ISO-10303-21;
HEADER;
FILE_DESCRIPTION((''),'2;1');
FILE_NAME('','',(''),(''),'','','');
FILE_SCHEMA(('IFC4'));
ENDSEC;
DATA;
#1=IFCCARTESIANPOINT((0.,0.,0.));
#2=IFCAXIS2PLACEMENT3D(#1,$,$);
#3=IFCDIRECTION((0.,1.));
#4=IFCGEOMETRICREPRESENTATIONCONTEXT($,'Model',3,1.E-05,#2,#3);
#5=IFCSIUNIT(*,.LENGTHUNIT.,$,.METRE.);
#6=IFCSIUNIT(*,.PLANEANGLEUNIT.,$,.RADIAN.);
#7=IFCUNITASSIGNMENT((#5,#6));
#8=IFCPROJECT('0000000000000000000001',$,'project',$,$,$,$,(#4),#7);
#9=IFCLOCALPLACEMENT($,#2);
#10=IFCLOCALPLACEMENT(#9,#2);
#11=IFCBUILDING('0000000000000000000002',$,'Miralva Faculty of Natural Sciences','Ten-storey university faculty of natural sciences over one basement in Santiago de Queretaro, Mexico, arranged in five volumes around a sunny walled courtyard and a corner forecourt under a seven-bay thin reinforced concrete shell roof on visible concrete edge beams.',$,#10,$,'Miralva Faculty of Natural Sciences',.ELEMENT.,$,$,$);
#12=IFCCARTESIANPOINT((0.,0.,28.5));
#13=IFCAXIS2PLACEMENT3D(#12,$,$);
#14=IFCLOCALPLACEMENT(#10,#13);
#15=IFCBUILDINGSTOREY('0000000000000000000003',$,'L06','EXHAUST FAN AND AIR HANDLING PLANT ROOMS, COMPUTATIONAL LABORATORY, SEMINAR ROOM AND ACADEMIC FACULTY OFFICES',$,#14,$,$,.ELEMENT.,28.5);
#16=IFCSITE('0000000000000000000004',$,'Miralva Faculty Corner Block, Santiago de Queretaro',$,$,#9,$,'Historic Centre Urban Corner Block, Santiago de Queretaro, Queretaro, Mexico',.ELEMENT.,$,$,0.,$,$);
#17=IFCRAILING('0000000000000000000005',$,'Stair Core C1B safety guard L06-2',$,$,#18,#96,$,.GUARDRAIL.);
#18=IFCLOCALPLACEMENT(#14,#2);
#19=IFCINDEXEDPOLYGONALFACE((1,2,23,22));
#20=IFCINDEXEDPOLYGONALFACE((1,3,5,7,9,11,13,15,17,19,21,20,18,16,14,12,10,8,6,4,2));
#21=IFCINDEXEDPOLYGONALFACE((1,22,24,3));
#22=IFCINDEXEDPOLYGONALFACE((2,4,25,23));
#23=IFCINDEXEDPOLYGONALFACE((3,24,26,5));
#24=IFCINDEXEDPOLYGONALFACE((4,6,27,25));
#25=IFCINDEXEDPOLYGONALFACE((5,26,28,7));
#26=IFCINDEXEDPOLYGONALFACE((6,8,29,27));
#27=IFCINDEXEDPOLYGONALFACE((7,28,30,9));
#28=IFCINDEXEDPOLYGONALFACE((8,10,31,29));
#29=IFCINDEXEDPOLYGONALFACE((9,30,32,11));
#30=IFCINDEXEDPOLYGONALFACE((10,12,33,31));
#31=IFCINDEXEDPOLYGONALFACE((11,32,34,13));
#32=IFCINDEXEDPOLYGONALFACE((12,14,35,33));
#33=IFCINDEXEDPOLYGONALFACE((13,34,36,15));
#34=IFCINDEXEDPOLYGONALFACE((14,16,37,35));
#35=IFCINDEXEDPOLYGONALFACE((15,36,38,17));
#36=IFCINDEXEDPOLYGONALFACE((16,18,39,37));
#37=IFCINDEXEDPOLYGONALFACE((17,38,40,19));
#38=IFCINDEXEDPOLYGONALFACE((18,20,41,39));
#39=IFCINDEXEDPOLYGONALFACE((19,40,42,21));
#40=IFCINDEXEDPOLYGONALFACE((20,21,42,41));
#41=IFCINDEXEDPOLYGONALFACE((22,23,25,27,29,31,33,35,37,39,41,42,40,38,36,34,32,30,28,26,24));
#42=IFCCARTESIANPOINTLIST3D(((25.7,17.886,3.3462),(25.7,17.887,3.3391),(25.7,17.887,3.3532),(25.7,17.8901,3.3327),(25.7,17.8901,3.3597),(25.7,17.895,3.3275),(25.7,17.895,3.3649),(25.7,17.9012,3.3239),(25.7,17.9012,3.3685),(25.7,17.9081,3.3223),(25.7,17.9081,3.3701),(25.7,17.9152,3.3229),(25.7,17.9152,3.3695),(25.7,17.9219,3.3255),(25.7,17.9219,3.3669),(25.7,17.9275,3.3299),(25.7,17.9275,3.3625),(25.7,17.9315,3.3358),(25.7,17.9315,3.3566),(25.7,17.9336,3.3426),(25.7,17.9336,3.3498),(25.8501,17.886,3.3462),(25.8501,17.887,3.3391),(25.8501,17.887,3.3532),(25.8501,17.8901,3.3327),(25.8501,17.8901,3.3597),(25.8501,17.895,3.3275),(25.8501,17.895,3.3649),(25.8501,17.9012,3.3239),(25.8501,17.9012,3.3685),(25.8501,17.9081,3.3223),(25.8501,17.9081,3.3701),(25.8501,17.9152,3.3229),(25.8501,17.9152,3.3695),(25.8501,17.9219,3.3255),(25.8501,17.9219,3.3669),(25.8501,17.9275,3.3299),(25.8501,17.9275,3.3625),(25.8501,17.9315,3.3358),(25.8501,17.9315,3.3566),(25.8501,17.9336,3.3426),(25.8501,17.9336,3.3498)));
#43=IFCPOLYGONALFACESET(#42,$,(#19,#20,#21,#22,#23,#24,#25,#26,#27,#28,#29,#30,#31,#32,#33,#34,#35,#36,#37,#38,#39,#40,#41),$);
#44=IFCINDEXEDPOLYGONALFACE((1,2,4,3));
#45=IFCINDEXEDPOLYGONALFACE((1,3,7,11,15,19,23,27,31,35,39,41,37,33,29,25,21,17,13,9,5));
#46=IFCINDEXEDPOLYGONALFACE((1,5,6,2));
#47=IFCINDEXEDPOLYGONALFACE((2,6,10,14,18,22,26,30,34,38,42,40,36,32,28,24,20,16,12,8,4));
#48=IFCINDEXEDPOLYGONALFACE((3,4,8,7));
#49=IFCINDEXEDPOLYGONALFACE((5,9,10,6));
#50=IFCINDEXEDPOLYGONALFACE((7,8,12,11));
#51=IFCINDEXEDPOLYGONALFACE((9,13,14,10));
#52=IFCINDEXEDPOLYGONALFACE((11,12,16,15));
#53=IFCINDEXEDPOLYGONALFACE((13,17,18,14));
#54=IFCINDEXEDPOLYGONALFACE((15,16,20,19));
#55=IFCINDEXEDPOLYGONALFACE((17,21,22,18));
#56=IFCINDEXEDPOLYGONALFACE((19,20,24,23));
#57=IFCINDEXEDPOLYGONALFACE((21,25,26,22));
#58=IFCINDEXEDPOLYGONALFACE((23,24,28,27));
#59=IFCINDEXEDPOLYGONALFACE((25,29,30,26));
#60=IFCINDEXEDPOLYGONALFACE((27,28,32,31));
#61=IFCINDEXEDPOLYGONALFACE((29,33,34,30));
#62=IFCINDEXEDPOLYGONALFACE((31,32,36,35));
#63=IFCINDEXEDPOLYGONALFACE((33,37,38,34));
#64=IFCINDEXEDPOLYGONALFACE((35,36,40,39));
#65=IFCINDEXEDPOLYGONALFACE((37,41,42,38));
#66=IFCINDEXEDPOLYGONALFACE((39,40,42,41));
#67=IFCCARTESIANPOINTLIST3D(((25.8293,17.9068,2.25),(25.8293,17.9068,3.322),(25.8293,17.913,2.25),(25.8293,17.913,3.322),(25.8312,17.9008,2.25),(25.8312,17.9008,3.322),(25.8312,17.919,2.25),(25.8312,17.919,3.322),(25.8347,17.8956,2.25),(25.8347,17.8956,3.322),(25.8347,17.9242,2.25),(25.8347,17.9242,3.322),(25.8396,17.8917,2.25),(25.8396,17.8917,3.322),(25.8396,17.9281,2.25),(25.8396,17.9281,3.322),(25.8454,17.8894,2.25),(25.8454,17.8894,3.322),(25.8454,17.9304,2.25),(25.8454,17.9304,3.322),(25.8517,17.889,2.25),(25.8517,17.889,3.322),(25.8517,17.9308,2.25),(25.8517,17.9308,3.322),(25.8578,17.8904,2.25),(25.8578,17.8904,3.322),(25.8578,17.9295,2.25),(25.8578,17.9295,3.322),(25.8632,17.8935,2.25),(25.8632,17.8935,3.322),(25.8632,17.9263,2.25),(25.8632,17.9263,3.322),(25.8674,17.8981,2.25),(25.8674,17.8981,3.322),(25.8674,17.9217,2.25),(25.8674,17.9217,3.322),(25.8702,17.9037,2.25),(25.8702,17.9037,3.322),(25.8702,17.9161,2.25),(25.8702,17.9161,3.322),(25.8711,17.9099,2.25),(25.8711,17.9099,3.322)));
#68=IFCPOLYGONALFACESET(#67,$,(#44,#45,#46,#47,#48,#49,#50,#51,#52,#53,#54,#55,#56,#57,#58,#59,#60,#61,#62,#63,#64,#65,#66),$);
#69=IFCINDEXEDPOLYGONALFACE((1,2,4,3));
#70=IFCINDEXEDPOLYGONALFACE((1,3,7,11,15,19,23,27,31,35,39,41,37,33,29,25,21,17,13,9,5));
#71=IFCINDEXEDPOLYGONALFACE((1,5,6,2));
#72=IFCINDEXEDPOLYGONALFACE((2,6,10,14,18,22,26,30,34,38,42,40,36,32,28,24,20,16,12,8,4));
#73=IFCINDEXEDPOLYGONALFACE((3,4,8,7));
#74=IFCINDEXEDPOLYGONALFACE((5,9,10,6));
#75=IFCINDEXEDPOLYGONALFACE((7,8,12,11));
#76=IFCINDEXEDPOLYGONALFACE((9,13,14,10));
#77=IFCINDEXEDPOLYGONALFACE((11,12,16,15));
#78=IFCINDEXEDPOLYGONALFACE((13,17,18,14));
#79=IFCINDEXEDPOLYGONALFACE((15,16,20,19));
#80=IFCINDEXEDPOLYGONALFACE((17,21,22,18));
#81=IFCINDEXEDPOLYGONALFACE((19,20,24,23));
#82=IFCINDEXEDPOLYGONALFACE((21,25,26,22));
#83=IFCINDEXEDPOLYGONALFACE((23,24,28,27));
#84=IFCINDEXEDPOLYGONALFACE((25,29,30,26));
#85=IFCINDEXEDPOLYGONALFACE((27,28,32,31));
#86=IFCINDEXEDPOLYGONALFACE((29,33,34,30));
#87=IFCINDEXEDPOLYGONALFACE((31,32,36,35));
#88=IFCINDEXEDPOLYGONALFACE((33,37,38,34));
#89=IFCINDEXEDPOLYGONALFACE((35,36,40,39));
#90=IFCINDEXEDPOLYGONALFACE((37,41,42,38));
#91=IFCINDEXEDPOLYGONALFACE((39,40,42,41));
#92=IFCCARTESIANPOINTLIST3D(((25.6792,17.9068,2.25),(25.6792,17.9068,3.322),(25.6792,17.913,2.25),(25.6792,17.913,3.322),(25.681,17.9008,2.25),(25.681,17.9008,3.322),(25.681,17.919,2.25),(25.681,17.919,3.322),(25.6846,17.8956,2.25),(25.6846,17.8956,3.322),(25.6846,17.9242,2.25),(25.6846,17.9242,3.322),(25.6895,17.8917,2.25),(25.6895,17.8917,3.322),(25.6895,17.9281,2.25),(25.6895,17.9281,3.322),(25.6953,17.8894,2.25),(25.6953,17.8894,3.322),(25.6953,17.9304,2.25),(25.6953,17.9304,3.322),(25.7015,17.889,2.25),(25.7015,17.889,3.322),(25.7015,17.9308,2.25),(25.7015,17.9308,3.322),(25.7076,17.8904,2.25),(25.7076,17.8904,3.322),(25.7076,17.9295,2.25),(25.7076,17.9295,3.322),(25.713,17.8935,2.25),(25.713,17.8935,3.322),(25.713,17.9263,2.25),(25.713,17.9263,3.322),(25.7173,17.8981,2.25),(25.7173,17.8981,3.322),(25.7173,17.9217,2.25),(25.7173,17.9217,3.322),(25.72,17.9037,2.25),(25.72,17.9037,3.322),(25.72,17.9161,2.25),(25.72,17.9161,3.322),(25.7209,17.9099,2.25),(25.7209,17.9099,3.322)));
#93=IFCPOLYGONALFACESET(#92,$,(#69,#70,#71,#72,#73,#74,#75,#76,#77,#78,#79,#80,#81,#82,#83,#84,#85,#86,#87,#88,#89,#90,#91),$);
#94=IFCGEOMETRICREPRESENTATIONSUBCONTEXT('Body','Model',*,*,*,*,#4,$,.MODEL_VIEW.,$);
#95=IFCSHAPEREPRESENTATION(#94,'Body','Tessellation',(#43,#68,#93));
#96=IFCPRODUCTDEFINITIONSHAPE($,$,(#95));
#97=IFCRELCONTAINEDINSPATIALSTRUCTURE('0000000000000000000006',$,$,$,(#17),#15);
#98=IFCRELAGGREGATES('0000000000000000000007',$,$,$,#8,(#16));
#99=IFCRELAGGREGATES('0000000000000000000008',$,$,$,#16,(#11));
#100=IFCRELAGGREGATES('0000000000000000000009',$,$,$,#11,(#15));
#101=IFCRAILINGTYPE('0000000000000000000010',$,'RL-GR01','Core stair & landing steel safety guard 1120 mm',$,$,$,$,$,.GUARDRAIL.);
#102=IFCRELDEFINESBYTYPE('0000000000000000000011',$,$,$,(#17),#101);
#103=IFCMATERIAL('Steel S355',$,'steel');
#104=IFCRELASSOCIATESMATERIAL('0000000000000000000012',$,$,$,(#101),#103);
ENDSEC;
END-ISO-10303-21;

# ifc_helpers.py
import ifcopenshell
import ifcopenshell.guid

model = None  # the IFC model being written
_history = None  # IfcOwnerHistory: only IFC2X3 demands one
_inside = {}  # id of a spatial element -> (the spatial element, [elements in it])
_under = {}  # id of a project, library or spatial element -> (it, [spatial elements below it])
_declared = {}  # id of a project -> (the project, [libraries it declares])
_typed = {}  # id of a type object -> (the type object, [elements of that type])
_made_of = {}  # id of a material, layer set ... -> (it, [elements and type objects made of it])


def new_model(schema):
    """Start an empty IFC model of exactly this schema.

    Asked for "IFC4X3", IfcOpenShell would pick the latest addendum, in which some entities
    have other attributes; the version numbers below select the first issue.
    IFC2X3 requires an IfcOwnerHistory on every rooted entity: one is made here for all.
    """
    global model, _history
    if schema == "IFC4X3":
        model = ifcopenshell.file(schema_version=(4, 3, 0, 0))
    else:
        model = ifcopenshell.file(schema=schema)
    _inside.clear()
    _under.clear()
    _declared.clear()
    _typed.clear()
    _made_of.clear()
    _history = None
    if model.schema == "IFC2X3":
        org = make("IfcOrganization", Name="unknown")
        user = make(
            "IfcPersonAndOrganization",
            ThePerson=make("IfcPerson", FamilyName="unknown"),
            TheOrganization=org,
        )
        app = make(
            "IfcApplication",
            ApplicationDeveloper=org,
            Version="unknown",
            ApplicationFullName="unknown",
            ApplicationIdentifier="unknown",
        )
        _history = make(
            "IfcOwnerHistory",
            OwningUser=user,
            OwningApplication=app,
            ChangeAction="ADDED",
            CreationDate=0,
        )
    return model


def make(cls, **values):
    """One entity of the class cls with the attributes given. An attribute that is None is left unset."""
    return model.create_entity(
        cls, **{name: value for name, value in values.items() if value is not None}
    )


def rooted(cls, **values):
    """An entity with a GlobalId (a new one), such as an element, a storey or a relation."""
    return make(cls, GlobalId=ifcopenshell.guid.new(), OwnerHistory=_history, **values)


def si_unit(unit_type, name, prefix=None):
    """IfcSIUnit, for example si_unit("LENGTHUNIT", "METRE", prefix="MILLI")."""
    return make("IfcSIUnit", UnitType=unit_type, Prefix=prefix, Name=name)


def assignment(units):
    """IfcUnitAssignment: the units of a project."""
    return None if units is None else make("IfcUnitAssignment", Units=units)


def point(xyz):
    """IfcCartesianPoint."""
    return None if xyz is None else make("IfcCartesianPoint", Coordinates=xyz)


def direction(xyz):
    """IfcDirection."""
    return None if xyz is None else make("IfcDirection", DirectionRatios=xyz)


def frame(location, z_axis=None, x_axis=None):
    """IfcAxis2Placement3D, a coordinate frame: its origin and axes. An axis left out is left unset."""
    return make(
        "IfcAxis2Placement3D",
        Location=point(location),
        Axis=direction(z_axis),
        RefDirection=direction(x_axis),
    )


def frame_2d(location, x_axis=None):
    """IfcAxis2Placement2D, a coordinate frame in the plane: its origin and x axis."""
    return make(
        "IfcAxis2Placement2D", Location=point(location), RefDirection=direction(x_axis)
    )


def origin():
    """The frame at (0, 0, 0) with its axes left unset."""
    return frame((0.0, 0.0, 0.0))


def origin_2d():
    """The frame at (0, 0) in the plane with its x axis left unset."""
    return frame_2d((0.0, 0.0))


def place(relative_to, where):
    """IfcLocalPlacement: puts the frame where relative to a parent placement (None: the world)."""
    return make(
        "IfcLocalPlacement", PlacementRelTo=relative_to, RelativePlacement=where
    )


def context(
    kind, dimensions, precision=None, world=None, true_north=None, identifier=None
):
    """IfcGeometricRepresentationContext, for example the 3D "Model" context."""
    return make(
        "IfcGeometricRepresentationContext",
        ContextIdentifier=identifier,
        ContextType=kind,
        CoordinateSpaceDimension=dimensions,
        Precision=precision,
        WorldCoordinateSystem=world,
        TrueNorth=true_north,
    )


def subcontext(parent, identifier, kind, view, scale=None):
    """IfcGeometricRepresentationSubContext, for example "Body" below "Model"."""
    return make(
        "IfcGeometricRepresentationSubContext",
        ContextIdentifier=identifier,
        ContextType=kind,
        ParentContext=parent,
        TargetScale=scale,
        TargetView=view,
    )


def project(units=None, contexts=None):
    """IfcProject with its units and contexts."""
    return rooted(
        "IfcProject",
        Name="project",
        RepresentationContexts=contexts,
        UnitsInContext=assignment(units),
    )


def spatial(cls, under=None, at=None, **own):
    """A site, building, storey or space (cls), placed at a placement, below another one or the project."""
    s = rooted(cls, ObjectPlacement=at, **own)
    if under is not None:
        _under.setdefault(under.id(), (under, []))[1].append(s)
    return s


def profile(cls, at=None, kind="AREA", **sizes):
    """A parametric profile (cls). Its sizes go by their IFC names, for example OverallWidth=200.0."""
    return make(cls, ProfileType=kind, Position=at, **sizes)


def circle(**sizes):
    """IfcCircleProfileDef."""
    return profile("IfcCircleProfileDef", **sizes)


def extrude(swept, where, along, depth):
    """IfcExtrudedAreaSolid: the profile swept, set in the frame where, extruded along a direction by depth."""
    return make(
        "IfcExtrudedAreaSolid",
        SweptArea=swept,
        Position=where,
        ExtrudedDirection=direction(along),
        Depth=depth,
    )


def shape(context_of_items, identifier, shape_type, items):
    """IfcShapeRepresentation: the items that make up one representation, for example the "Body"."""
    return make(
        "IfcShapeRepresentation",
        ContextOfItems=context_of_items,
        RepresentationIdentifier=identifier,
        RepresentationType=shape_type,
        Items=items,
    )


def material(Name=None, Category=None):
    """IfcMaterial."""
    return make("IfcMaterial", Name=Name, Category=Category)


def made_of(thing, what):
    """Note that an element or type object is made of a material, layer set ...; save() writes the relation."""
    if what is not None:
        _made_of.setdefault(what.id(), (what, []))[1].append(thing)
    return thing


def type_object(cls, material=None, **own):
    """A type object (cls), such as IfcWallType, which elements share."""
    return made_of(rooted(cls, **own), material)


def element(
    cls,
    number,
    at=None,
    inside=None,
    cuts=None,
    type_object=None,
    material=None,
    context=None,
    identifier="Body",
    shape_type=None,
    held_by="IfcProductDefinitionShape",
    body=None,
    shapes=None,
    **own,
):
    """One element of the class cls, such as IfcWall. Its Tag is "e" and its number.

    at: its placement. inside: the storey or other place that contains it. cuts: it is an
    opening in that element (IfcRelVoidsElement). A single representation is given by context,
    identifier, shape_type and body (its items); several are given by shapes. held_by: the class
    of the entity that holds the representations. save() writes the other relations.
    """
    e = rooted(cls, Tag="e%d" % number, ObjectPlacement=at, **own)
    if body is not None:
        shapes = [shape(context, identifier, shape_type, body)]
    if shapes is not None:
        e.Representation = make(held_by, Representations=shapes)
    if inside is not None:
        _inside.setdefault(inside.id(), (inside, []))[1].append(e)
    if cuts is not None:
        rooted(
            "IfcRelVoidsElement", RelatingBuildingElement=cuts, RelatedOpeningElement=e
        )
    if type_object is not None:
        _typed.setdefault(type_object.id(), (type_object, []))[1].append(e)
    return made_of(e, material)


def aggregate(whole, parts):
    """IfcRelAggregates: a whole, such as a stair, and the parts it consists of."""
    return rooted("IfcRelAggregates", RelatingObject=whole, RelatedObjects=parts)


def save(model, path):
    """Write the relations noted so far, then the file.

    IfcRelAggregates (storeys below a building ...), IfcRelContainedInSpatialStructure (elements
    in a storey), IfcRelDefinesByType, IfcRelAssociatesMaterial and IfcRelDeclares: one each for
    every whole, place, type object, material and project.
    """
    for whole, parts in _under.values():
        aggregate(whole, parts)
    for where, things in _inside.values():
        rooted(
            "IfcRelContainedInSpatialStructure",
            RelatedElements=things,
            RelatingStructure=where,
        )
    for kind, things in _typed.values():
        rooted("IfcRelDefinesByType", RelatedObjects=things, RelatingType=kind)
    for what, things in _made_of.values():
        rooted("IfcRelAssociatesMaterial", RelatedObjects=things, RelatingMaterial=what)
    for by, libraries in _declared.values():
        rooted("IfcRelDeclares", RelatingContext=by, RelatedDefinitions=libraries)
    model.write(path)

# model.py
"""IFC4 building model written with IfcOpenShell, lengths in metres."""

from ifc_helpers import new_model, si_unit, direction, frame, origin, origin_2d, place, context, subcontext, project, spatial, circle, extrude, material, type_object, element, save


model = new_model("IFC4")

# Units and contexts
model_context = context("Model", 3, precision=1e-05, world=origin(), true_north=direction((0.0, 1.0)))
body_context = subcontext(model_context, "Body", "Model", "MODEL_VIEW")
ifc_project = project(units=[si_unit("LENGTHUNIT", "METRE"), si_unit("PLANEANGLEUNIT", "RADIAN")], contexts=[model_context])

# Site, building, storey
site_placement = place(None, origin())
site = spatial("IfcSite", under=ifc_project, at=site_placement, Name="Miralva Faculty Corner Block, Santiago de Queretaro", LongName="Historic Centre Urban Corner Block, Santiago de Queretaro, Queretaro, Mexico", CompositionType="ELEMENT", RefElevation=0.0)
building_placement = place(site_placement, origin())
building = spatial("IfcBuilding", under=site, at=building_placement, Name="Miralva Faculty of Natural Sciences", Description="Ten-storey university faculty of natural sciences over one basement in Santiago de Queretaro, Mexico, arranged in five volumes around a sunny walled courtyard and a corner forecourt under a seven-bay thin reinforced concrete shell roof on visible concrete edge beams.", LongName="Miralva Faculty of Natural Sciences", CompositionType="ELEMENT")
storey_placement = place(building_placement, frame((0.0, 0.0, 28.5)))
storey = spatial("IfcBuildingStorey", under=building, at=storey_placement, Name="L06", Description="EXHAUST FAN AND AIR HANDLING PLANT ROOMS, COMPUTATIONAL LABORATORY, SEMINAR ROOM AND ACADEMIC FACULTY OFFICES", CompositionType="ELEMENT", Elevation=28.5)

# Shared definitions
ifc_material_1 = material(Name="Steel S355", Category="steel")

# Railing
railing_type_1 = type_object("IfcRailingType", Name="RL-GR01", Description="Core stair & landing steel safety guard 1120 mm", PredefinedType="GUARDRAIL", material=ifc_material_1)
railing_1_placement = place(storey_placement, frame((25.8501, 17.9099, 2.25)))
element("IfcRailing", 1, at=railing_1_placement, inside=storey, type_object=railing_type_1, Name="Stair Core C1B safety guard L06-2", PredefinedType="GUARDRAIL", context=body_context, shape_type="SweptSolid", body=[
    extrude(circle(Radius=0.0239, at=origin_2d()), frame((0.0, 0.0, 1.0962), z_axis=(-1.0, 0.0, 0.0), x_axis=(0.0, -1.0, 0.0)), (0.0, 0.0, 1.0), 0.1501),
    extrude(circle(Radius=0.021, at=origin_2d()), origin(), (0.0, 0.0, 1.0), 1.072),
    extrude(circle(Radius=0.021, at=origin_2d()), frame((-0.1501, 0.0, 0.0)), (0.0, 0.0, 1.0), 1.072),
])

save(model, "model.ifc")
